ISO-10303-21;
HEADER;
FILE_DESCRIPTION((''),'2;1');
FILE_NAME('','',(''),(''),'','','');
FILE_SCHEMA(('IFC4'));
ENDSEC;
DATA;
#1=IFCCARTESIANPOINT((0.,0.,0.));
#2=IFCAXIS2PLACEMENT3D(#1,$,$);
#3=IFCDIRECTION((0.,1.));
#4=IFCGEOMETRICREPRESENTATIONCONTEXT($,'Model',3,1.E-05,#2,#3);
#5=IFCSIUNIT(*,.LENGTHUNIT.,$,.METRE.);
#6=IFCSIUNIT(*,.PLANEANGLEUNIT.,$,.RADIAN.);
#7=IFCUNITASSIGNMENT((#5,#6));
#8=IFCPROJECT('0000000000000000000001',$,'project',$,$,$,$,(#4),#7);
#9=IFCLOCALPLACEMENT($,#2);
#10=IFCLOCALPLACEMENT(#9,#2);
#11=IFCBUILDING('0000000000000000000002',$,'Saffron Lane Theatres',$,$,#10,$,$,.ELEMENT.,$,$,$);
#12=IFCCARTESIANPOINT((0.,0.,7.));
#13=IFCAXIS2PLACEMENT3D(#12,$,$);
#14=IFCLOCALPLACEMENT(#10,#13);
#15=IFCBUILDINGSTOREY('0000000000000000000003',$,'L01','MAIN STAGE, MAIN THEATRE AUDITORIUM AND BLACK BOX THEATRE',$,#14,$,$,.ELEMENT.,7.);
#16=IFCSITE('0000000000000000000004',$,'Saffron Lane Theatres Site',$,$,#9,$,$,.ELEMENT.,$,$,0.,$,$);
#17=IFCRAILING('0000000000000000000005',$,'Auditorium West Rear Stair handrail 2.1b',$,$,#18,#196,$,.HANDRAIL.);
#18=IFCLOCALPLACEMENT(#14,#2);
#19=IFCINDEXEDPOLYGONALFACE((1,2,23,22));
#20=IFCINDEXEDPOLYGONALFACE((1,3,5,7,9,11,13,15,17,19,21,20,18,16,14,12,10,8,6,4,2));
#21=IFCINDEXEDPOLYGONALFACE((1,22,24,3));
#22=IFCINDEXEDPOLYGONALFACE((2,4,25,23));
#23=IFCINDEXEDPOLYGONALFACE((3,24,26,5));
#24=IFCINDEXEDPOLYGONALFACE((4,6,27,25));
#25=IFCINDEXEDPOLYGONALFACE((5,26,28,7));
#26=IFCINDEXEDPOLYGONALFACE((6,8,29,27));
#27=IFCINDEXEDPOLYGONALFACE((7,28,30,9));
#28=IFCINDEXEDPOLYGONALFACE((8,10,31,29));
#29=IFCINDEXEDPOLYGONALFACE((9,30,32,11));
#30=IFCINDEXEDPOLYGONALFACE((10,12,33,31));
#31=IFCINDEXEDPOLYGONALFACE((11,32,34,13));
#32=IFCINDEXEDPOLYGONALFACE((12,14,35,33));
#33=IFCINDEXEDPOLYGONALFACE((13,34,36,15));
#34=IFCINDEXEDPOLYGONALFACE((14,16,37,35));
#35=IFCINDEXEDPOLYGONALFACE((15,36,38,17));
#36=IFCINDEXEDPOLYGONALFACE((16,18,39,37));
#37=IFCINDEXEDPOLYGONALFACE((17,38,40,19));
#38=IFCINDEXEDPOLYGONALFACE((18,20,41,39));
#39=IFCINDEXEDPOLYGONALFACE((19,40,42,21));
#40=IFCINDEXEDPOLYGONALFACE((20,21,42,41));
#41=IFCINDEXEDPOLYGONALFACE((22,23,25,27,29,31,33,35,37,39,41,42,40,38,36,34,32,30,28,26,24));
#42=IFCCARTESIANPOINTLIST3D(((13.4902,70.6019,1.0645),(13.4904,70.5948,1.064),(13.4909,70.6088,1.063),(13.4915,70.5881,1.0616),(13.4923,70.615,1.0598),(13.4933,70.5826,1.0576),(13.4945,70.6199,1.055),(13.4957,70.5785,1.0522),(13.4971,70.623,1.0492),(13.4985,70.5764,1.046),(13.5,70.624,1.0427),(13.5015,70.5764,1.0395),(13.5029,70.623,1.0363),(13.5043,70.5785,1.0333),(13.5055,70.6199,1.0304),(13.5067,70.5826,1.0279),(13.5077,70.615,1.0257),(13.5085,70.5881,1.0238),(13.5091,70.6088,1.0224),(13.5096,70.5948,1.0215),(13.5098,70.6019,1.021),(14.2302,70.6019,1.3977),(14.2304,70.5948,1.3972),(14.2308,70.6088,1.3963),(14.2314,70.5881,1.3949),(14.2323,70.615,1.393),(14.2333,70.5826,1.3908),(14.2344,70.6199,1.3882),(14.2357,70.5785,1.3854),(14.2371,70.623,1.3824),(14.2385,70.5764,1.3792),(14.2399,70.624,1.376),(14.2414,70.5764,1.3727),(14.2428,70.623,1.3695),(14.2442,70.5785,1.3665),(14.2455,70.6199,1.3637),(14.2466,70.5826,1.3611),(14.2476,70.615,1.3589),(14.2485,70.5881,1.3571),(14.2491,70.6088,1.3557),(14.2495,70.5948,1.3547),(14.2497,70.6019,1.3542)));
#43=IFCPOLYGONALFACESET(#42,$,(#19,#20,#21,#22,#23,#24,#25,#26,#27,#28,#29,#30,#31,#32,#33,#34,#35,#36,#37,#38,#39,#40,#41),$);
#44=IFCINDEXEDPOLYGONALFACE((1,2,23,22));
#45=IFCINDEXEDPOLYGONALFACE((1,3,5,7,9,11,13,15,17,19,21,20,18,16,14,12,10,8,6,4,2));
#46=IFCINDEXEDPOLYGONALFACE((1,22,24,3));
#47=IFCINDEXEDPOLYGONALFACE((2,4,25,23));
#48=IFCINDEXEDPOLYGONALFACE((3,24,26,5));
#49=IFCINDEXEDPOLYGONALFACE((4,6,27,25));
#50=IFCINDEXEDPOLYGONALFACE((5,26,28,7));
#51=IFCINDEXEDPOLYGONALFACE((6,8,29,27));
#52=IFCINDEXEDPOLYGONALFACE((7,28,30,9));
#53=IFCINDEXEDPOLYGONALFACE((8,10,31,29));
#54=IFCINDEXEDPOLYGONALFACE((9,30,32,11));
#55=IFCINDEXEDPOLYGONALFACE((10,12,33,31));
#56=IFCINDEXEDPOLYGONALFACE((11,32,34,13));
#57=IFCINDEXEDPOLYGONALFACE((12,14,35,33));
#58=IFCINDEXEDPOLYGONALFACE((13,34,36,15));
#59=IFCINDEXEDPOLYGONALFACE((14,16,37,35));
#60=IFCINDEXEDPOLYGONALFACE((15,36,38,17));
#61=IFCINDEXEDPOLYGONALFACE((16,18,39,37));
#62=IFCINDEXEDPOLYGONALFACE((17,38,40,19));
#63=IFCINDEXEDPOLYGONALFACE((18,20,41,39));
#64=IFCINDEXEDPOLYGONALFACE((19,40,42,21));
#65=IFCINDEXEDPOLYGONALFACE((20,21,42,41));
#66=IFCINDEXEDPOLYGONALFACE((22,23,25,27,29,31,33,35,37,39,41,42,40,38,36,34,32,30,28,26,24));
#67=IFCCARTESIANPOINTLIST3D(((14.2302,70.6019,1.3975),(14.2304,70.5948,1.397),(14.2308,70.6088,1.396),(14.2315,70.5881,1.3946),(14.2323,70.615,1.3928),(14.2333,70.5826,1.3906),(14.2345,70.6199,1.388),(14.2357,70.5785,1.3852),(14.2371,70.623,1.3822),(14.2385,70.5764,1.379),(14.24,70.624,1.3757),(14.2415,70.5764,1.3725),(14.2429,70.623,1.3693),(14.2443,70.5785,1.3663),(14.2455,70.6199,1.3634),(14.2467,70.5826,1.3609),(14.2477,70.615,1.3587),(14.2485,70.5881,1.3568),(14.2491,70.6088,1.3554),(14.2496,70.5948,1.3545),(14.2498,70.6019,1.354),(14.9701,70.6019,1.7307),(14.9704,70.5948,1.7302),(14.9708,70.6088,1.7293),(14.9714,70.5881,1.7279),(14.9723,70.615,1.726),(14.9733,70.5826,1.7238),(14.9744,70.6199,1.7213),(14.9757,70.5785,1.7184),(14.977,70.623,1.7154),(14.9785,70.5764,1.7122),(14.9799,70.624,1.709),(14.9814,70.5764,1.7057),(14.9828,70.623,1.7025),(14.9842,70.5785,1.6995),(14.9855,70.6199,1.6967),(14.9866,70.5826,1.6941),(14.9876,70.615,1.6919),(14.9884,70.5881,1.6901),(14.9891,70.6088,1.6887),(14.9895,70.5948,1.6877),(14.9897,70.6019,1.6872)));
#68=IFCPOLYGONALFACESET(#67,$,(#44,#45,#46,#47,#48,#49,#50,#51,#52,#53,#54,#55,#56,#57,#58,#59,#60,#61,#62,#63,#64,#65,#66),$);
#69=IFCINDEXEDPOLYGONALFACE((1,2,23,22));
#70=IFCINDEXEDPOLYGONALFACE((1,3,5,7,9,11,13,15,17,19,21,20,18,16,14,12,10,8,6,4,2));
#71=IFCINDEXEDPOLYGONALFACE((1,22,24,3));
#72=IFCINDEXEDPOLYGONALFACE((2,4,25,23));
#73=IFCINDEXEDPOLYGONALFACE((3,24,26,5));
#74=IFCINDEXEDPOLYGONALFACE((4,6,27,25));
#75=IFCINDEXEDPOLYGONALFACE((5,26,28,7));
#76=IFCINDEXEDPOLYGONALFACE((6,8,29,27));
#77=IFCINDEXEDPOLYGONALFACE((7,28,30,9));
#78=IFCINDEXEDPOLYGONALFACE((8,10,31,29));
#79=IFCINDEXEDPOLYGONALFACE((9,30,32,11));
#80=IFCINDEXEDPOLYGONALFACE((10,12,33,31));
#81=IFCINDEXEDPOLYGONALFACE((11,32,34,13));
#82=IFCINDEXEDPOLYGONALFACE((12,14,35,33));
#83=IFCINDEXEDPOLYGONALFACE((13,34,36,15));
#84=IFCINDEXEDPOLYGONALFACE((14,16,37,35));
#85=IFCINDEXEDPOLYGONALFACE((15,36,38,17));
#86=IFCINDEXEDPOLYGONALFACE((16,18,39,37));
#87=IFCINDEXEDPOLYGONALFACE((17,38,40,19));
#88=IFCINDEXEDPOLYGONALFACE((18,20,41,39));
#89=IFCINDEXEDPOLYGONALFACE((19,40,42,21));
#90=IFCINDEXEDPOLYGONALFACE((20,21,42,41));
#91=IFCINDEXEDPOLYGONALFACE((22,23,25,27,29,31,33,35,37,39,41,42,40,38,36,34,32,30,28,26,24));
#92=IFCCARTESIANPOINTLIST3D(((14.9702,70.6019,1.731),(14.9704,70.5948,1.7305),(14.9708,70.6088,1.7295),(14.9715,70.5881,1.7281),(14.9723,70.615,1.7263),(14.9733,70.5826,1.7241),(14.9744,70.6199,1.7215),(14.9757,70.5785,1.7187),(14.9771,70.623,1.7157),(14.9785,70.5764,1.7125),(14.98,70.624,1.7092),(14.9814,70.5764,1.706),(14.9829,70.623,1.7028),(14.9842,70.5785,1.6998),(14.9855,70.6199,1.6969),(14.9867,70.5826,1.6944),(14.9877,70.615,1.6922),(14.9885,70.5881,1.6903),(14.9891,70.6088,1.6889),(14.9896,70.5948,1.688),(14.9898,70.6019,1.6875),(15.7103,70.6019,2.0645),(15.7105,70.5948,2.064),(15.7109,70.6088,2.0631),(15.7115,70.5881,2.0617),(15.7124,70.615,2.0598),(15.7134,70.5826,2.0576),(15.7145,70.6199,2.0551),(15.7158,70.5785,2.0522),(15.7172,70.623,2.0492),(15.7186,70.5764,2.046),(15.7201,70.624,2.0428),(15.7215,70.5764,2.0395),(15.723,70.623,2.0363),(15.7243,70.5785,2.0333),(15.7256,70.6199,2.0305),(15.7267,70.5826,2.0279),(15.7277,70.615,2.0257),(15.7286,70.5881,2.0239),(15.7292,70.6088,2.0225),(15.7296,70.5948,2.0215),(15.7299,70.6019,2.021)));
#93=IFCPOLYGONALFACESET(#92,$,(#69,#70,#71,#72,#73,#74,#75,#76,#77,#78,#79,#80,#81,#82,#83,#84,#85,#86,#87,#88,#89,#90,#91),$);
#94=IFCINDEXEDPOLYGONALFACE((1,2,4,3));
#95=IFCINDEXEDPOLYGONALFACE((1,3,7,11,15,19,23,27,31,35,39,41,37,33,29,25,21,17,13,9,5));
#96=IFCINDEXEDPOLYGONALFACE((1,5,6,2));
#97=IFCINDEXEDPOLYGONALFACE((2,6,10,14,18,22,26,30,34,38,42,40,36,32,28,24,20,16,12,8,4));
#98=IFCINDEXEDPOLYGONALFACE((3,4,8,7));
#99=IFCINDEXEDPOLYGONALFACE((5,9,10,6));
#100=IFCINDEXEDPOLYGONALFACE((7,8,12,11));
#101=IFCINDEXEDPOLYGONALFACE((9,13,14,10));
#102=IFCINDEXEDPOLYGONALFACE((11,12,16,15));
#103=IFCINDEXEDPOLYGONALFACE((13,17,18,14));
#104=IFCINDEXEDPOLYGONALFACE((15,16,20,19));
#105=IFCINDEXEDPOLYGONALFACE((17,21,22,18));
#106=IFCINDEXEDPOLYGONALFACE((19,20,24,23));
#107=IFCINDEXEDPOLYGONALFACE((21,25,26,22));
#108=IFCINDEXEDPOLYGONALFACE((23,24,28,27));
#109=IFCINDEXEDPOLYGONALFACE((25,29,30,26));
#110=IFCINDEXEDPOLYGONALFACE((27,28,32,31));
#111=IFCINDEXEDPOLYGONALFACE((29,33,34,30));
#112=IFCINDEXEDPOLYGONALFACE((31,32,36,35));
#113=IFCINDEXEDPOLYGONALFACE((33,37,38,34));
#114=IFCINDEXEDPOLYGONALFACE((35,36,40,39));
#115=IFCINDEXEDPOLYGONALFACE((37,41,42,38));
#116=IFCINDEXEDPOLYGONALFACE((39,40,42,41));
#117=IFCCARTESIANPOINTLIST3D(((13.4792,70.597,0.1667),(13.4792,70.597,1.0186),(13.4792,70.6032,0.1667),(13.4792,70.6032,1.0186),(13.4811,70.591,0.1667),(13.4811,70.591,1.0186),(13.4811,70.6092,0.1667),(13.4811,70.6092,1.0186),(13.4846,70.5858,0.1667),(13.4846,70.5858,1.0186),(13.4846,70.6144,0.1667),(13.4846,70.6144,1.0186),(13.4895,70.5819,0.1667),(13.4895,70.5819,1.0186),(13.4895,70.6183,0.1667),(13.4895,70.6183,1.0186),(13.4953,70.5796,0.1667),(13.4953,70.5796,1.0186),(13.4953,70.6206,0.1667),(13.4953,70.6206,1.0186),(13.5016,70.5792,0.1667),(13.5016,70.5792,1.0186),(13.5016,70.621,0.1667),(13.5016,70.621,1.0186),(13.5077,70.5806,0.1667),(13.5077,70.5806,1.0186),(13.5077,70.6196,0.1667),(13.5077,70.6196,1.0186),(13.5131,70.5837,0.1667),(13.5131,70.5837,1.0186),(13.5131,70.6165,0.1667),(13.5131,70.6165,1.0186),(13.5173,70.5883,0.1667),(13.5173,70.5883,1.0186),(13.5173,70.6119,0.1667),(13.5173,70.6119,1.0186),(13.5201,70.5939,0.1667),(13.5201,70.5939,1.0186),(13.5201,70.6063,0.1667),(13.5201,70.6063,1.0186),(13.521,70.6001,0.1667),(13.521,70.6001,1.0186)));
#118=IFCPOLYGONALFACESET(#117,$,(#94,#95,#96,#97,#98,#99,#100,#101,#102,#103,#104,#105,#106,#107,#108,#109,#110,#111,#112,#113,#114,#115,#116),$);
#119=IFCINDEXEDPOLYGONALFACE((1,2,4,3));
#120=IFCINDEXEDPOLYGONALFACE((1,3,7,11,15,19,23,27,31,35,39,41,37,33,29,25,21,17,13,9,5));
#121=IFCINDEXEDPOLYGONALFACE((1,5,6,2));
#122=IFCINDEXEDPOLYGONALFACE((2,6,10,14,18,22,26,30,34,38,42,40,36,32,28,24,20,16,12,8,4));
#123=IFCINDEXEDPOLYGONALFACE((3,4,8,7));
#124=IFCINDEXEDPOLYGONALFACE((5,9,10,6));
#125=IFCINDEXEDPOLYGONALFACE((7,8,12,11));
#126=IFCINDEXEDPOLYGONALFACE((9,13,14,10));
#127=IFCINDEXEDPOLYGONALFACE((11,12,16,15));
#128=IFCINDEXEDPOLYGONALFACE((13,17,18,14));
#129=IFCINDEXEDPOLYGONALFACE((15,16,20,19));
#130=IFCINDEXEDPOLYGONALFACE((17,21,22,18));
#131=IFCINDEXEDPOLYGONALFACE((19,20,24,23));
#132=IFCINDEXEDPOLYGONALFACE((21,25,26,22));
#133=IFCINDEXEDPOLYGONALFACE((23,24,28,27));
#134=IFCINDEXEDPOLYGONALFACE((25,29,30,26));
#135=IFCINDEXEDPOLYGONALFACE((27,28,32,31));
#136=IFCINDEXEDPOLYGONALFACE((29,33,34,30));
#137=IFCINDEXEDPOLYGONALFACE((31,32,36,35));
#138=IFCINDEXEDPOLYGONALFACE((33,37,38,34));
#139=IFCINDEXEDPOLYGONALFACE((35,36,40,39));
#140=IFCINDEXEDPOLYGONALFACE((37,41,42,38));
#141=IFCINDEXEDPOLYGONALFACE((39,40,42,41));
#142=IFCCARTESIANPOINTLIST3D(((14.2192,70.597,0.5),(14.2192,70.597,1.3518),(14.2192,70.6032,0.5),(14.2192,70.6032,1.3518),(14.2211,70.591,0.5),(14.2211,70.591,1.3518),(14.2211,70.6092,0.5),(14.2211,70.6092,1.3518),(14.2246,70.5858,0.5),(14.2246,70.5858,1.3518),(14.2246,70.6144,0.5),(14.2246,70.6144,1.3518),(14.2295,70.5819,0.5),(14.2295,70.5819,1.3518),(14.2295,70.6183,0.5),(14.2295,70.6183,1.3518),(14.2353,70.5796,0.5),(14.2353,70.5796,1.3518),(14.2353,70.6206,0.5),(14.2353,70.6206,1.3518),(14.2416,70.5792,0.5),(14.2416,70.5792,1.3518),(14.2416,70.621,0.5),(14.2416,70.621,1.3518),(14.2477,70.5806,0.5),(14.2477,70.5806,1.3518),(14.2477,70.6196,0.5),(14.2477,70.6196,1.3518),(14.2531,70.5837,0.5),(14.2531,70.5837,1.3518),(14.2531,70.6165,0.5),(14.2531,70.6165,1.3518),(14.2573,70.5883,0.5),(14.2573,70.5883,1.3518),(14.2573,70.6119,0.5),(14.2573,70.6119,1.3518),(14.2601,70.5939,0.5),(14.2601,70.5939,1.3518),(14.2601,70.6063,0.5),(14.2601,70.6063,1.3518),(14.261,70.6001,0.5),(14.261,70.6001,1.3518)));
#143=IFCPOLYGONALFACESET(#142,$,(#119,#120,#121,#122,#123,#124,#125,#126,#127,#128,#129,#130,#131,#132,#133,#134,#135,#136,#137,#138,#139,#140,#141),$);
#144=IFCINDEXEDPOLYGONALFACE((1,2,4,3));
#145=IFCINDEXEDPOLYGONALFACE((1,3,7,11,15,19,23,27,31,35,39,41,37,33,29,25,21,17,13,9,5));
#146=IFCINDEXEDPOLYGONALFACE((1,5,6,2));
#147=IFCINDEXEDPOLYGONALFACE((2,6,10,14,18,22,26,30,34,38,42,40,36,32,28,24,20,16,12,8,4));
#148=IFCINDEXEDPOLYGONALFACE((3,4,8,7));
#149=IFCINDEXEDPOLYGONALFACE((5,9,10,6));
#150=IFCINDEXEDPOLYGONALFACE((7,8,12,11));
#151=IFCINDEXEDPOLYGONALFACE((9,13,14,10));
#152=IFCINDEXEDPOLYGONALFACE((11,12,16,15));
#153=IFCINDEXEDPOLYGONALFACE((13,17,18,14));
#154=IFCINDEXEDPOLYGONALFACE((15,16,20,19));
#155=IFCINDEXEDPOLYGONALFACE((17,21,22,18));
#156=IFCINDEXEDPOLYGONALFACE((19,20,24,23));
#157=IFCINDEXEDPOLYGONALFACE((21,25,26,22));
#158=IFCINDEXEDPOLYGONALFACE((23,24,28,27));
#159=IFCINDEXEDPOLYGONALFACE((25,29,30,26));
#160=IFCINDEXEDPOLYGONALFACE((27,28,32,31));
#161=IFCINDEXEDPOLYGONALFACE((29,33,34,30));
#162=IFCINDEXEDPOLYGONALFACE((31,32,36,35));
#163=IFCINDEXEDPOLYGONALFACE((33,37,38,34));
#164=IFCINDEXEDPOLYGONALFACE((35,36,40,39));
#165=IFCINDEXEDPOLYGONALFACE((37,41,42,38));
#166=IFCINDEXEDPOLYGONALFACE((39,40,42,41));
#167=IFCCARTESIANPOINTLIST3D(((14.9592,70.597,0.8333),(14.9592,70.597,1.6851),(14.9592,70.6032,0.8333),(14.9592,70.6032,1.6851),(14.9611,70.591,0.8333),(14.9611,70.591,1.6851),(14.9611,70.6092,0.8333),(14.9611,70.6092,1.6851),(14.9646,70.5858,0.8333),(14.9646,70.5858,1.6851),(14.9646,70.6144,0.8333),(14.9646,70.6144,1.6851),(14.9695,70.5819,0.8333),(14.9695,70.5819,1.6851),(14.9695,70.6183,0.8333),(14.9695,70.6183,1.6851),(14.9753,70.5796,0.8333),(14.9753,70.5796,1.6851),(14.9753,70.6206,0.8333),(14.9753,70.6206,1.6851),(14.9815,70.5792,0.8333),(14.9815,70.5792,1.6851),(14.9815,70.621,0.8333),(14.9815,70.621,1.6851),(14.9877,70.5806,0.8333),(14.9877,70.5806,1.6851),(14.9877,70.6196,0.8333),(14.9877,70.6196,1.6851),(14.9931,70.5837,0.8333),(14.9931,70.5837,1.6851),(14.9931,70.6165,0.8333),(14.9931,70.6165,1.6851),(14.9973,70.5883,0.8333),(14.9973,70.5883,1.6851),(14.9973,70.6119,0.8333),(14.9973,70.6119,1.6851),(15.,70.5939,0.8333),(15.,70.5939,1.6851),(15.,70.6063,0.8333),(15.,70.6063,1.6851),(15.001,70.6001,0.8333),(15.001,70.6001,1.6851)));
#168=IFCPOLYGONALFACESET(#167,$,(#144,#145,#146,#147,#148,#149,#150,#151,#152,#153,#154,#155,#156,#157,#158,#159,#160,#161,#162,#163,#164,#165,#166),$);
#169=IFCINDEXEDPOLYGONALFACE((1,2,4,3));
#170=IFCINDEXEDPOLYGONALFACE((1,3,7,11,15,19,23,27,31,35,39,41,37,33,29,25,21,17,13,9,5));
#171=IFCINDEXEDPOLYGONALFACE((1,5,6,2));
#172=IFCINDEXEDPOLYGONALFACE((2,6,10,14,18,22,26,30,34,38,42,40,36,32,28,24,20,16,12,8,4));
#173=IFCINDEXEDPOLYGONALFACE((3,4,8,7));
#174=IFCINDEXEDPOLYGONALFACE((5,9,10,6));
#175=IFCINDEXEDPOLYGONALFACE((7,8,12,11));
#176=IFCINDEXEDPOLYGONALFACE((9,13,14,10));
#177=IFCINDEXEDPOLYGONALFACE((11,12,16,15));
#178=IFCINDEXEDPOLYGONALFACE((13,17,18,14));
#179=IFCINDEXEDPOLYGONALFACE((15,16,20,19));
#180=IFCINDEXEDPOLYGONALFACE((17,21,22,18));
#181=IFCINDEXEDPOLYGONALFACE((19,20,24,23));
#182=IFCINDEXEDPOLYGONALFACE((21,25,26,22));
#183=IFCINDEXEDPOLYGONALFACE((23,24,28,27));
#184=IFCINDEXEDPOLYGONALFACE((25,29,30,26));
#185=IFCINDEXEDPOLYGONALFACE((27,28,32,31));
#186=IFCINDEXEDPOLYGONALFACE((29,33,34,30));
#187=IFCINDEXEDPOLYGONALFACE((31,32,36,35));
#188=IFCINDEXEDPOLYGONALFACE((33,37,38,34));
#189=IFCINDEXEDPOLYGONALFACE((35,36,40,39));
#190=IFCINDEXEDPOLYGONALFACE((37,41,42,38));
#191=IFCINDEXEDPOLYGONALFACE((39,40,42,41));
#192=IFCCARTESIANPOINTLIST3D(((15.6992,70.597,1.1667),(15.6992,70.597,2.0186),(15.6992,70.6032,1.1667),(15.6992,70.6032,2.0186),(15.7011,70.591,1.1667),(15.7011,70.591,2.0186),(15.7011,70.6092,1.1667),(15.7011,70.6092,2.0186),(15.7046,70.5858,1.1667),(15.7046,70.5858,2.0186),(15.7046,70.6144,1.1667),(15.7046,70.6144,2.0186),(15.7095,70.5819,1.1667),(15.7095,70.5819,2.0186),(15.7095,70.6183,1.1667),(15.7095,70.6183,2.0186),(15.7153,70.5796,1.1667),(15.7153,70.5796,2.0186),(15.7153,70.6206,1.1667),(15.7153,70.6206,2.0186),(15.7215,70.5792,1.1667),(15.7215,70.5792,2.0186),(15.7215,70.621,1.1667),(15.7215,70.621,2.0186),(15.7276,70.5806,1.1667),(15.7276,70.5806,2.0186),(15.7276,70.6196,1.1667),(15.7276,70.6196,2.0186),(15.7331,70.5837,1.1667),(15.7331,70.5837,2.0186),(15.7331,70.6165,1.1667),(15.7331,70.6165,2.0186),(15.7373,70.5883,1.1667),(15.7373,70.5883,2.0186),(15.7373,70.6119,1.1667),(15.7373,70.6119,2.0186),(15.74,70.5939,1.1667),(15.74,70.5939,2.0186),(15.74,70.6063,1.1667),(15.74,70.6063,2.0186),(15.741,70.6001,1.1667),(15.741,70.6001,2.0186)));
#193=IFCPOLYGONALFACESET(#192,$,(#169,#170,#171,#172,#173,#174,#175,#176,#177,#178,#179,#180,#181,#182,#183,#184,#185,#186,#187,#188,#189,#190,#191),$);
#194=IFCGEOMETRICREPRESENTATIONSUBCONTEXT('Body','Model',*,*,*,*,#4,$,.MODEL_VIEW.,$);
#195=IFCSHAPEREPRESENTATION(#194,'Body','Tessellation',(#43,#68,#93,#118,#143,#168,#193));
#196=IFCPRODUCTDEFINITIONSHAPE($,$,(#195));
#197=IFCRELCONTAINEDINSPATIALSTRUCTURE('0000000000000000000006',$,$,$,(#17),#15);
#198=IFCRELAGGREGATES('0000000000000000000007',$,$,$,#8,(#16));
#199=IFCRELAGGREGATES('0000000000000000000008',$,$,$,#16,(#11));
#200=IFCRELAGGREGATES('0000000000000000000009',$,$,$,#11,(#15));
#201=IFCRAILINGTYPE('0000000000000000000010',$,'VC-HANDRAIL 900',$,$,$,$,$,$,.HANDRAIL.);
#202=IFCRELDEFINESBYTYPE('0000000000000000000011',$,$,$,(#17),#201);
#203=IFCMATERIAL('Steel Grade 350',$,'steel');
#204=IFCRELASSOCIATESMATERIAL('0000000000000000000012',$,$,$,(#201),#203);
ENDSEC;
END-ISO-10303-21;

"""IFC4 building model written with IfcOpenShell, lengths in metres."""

from ifc_helpers import new_model, si_unit, direction, frame, origin, origin_2d, place, context, subcontext, project, spatial, circle, extrude, material, type_object, element, save


model = new_model("IFC4")

# Units and contexts
model_context = context("Model", 3, precision=1e-05, world=origin(), true_north=direction((0.0, 1.0)))
body_context = subcontext(model_context, "Body", "Model", "MODEL_VIEW")
ifc_project = project(units=[si_unit("LENGTHUNIT", "METRE"), si_unit("PLANEANGLEUNIT", "RADIAN")], contexts=[model_context])

# Site, building, storey
site_placement = place(None, origin())
site = spatial("IfcSite", under=ifc_project, at=site_placement, Name="Saffron Lane Theatres Site", CompositionType="ELEMENT", RefElevation=0.0)
building_placement = place(site_placement, origin())
building = spatial("IfcBuilding", under=site, at=building_placement, Name="Saffron Lane Theatres", CompositionType="ELEMENT")
storey_placement = place(building_placement, frame((0.0, 0.0, 7.0)))
storey = spatial("IfcBuildingStorey", under=building, at=storey_placement, Name="L01", Description="MAIN STAGE, MAIN THEATRE AUDITORIUM AND BLACK BOX THEATRE", CompositionType="ELEMENT", Elevation=7.0)

# Railing
ifc_material_1 = material(Name="Steel Grade 350", Category="steel")
railing_type_1 = type_object("IfcRailingType", Name="VC-HANDRAIL 900", PredefinedType="HANDRAIL", material=ifc_material_1)
for number, where, name in (
    (1, (13.5, 70.6001, 0.1667), "Auditorium West Rear Stair handrail 2.1b"),
):
    element("IfcRailing", number, at=place(storey_placement, frame(where)), inside=storey, type_object=railing_type_1, Name=name, PredefinedType="HANDRAIL", context=body_context, shape_type="SweptSolid", body=[
        extrude(circle(Radius=0.0239, at=origin_2d()), frame((0.0, 0.0, 0.876), z_axis=(0.911803, 0.0, 0.410627), x_axis=(0.0, 1.0, 0.0)), (0.0, 0.0, 1.0), 0.8115),
        extrude(circle(Radius=0.0239, at=origin_2d()), frame((0.74, 0.0, 1.209), z_axis=(0.911803, 0.0, 0.410627), x_axis=(0.0, 1.0, 0.0)), (0.0, 0.0, 1.0), 0.8115),
        extrude(circle(Radius=0.0239, at=origin_2d()), frame((1.48, 0.0, 1.5425), z_axis=(0.911691, 0.0, 0.410877), x_axis=(0.0, 1.0, 0.0)), (0.0, 0.0, 1.0), 0.8118),
        extrude(circle(Radius=0.021, at=origin_2d()), origin(), (0.0, 0.0, 1.0), 0.8518),
        extrude(circle(Radius=0.021, at=origin_2d()), frame((0.74, 0.0, 0.3333)), (0.0, 0.0, 1.0), 0.8518),
        extrude(circle(Radius=0.021, at=origin_2d()), frame((1.48, 0.0, 0.6665)), (0.0, 0.0, 1.0), 0.8518),
        extrude(circle(Radius=0.021, at=origin_2d()), frame((2.22, 0.0, 1.0)), (0.0, 0.0, 1.0), 0.8518),
    ])

save(model, "model.ifc")
